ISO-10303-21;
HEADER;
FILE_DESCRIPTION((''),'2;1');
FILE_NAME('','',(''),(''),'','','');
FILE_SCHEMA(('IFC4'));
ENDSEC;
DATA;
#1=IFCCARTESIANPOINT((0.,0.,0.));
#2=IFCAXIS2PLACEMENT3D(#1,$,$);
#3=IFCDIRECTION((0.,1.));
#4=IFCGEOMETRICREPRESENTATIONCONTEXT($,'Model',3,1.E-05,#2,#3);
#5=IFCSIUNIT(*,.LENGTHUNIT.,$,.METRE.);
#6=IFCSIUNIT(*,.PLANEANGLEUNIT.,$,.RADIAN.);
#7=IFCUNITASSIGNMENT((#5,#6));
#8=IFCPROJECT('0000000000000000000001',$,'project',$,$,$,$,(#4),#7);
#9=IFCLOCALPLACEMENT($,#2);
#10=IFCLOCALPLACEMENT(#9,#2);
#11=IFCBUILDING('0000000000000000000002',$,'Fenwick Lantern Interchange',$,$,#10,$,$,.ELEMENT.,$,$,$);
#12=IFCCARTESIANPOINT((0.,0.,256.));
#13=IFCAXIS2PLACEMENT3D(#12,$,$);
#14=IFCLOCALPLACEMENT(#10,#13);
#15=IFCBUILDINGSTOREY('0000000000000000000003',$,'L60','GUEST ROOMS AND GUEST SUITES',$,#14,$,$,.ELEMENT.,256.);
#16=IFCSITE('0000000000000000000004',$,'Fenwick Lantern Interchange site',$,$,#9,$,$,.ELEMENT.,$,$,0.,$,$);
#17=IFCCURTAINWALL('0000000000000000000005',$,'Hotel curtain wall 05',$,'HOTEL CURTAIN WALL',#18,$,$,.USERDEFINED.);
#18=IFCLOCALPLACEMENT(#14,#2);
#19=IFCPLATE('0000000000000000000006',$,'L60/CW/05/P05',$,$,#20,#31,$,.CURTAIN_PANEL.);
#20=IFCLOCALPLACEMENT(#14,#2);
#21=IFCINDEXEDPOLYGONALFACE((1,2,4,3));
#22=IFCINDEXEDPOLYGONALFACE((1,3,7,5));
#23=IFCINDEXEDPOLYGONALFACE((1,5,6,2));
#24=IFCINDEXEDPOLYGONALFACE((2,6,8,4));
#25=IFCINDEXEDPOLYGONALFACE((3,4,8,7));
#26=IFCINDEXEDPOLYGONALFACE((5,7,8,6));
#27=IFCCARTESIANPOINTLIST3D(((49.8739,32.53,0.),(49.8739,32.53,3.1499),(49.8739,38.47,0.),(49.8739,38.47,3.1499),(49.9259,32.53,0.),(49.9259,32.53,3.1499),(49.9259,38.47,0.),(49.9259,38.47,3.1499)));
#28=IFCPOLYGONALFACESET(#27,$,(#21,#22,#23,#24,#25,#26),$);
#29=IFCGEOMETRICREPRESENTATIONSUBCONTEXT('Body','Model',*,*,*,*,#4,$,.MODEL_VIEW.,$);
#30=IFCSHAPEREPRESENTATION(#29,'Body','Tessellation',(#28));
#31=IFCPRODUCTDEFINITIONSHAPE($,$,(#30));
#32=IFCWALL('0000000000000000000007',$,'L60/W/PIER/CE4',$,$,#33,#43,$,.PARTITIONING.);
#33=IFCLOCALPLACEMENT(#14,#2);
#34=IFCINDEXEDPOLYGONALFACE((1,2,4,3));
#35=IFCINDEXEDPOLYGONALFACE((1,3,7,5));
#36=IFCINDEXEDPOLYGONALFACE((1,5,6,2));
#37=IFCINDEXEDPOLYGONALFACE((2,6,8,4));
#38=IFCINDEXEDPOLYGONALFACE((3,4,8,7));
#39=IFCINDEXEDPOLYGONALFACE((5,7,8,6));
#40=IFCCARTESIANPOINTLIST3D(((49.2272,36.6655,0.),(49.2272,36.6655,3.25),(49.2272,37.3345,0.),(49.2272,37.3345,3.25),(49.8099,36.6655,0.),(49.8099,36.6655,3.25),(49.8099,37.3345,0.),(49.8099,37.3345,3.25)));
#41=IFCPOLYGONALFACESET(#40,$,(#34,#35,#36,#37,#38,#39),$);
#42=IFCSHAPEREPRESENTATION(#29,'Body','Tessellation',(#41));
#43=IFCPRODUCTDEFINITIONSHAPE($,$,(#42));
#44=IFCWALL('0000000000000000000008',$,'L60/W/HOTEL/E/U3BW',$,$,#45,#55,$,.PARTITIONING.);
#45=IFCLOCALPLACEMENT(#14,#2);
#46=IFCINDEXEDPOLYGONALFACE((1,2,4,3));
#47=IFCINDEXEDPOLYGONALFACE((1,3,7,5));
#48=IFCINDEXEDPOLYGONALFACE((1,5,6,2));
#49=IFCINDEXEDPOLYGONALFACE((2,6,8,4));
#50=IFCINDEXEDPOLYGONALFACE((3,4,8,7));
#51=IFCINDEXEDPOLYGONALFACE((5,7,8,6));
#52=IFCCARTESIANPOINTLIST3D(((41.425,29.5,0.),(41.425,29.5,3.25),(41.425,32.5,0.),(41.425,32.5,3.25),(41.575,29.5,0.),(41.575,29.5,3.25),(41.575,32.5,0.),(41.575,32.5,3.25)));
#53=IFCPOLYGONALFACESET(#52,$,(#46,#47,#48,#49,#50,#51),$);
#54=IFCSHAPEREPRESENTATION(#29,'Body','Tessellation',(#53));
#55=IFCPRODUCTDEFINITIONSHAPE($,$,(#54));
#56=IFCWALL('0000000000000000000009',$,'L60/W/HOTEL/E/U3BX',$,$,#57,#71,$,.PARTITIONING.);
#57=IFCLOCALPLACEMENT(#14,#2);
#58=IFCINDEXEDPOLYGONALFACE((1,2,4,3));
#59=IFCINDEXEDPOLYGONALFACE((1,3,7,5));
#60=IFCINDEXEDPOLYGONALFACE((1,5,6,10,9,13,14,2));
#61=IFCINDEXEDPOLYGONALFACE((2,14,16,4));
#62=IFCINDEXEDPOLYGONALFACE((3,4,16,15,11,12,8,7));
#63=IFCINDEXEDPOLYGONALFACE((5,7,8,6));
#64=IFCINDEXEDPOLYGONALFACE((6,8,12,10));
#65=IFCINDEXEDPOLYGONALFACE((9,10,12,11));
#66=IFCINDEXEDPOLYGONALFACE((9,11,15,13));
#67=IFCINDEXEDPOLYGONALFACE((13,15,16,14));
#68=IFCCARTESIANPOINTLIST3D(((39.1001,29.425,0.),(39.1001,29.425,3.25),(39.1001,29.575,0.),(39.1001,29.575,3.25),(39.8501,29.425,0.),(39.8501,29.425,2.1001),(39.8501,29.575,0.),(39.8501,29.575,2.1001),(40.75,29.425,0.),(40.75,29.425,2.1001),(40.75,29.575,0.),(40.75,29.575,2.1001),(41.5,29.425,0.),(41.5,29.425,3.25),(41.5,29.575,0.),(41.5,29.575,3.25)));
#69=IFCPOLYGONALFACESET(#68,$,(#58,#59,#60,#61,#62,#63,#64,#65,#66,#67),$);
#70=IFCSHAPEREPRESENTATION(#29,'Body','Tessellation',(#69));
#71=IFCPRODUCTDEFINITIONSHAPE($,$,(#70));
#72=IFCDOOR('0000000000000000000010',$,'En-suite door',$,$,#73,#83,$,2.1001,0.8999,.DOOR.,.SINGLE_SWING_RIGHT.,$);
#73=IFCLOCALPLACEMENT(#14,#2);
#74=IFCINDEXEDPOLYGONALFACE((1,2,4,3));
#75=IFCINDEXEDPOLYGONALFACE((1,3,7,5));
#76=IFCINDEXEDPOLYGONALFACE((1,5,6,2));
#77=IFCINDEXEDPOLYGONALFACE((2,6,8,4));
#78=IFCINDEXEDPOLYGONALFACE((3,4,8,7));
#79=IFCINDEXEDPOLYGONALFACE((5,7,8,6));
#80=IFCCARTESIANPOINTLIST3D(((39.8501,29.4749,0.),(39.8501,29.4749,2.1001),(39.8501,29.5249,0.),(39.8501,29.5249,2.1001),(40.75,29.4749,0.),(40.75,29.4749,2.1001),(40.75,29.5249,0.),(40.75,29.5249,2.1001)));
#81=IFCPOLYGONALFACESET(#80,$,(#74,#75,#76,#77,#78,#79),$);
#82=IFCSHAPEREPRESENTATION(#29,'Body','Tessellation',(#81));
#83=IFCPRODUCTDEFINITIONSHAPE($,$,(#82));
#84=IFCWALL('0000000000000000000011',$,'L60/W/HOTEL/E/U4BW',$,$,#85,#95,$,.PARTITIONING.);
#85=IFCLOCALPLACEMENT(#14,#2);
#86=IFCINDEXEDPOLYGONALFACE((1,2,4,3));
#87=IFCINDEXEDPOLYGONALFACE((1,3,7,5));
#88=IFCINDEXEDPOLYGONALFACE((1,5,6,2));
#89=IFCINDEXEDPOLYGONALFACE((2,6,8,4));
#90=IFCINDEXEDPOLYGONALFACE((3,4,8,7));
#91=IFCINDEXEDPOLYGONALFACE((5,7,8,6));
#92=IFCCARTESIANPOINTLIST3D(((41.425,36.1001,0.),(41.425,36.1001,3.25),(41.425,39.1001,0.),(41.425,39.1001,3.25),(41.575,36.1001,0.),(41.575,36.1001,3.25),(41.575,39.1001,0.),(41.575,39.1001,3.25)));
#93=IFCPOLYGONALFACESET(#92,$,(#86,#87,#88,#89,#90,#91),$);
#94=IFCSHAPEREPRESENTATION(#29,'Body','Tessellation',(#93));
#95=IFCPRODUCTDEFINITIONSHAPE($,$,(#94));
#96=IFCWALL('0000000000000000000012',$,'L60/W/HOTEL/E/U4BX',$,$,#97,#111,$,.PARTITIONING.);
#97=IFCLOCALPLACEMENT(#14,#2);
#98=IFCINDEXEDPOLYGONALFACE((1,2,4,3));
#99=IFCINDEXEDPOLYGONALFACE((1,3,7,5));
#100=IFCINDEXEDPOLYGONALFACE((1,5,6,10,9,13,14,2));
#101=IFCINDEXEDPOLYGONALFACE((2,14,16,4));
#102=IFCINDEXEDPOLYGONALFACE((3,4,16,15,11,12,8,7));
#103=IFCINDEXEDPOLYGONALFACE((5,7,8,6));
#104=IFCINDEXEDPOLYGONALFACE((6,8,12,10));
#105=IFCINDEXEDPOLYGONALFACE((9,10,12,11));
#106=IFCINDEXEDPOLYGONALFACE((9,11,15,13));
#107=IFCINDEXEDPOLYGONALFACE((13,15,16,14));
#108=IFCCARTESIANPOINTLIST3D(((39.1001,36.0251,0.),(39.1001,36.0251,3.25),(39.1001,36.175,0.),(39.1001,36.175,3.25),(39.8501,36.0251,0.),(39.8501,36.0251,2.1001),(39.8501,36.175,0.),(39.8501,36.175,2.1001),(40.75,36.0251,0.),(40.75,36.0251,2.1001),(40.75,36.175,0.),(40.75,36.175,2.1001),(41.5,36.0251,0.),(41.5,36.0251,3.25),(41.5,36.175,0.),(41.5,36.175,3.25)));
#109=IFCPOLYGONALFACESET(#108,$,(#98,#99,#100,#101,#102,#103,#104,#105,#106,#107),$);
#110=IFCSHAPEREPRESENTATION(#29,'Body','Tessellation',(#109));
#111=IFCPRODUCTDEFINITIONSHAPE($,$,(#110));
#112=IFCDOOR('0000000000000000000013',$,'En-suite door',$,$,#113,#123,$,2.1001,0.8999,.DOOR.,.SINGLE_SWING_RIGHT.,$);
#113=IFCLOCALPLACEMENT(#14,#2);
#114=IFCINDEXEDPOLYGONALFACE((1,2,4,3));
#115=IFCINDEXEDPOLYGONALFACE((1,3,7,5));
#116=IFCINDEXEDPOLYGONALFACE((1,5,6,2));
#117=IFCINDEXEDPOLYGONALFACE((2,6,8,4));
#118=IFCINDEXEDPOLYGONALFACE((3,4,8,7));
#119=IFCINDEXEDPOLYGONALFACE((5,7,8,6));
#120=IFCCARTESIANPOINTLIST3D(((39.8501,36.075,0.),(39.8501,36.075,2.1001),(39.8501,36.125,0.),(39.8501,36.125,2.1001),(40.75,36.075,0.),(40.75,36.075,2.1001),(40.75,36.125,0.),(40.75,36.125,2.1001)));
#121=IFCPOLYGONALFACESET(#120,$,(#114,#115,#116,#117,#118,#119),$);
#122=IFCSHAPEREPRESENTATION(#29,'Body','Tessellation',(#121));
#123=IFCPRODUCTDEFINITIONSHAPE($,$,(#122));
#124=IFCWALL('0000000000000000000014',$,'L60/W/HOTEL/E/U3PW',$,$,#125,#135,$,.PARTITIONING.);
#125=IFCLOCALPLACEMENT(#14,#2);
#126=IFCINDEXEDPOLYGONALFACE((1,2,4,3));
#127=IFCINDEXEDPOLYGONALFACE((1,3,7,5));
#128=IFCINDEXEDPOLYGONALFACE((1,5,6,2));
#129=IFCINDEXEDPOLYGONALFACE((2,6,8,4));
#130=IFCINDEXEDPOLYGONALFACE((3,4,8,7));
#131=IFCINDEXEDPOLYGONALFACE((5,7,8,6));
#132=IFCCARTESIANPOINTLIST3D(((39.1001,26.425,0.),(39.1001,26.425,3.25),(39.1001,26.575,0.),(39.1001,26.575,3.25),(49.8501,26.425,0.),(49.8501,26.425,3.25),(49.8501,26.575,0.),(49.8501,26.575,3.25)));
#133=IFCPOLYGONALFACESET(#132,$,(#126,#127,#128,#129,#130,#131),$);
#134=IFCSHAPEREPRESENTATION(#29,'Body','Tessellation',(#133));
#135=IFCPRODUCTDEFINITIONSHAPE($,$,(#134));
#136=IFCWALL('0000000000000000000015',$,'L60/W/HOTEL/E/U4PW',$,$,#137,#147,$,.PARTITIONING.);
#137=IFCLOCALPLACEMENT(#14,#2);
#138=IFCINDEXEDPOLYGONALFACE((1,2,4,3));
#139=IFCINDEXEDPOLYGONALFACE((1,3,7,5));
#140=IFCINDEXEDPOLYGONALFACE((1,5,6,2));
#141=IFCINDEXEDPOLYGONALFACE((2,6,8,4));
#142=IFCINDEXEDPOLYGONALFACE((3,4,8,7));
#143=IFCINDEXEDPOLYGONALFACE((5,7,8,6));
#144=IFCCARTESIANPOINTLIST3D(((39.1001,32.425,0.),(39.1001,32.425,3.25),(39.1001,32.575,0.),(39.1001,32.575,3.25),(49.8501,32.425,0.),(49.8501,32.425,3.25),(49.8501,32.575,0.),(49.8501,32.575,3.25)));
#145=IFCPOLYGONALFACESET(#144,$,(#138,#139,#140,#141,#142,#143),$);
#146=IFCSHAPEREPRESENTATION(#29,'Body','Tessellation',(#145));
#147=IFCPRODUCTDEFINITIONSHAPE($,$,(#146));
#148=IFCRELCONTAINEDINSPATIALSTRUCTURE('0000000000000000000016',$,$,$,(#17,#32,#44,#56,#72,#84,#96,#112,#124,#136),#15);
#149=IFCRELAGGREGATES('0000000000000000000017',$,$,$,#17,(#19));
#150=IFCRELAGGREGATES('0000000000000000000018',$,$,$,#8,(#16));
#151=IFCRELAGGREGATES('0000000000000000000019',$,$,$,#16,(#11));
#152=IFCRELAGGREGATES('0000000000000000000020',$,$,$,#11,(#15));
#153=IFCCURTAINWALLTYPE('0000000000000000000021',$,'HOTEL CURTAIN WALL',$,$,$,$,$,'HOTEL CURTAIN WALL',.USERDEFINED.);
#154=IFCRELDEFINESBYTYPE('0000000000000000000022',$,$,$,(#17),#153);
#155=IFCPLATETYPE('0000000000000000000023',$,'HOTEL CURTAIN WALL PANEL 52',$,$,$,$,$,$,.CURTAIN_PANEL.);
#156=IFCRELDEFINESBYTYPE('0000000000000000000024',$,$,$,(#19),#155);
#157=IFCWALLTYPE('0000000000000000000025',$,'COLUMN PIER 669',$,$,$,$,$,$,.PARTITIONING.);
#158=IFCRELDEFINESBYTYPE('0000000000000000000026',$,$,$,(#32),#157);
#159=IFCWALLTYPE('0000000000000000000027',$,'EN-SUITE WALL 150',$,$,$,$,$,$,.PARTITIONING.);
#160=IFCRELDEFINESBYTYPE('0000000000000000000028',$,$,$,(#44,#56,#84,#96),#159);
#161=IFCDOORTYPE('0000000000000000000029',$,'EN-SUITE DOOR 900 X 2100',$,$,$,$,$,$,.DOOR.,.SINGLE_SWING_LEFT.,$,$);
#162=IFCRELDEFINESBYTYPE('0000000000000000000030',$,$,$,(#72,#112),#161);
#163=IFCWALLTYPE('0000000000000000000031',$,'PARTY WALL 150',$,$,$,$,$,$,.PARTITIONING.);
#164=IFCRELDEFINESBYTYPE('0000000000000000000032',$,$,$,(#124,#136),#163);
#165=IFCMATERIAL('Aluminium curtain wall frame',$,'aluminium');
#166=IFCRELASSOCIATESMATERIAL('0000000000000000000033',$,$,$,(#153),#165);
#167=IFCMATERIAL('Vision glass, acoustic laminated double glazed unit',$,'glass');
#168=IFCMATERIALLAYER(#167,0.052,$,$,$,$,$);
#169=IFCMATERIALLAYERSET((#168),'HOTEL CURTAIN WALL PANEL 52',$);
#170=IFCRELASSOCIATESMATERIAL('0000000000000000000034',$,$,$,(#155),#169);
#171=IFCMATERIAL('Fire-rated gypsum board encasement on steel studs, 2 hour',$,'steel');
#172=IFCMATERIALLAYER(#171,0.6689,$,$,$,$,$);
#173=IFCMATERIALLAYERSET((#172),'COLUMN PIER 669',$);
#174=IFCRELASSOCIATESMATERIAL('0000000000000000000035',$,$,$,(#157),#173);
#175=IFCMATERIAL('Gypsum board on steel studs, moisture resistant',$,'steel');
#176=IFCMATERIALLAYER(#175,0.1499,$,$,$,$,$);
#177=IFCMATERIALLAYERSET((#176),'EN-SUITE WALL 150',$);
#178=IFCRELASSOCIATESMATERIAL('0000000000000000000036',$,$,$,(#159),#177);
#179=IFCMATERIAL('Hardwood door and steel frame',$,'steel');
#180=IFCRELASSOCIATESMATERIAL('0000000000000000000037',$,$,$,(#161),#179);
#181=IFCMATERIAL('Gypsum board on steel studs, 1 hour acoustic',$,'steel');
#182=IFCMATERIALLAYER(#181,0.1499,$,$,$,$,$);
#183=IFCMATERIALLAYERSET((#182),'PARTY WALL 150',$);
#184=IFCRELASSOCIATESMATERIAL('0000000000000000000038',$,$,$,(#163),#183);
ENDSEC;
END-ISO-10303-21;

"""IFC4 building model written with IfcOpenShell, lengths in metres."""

from ifc_helpers import new_model, si_unit, direction, frame, frame_2d, origin, origin_2d, place, context, subcontext, project, spatial, rectangle, extrude, material, layer, layer_set, type_object, element, fill, aggregate, save


model = new_model("IFC4")

# Units and contexts
model_context = context("Model", 3, precision=1e-05, world=origin(), true_north=direction((0.0, 1.0)))
body_context = subcontext(model_context, "Body", "Model", "MODEL_VIEW")
ifc_project = project(units=[si_unit("LENGTHUNIT", "METRE"), si_unit("PLANEANGLEUNIT", "RADIAN")], contexts=[model_context])

# Site, building, storey
site_placement = place(None, origin())
site = spatial("IfcSite", under=ifc_project, at=site_placement, Name="Fenwick Lantern Interchange site", CompositionType="ELEMENT", RefElevation=0.0)
building_placement = place(site_placement, origin())
building = spatial("IfcBuilding", under=site, at=building_placement, Name="Fenwick Lantern Interchange", CompositionType="ELEMENT")
storey_placement = place(building_placement, frame((0.0, 0.0, 256.0)))
storey = spatial("IfcBuildingStorey", under=building, at=storey_placement, Name="L60", Description="GUEST ROOMS AND GUEST SUITES", CompositionType="ELEMENT", Elevation=256.0)

# Curtain wall
ifc_material_1 = material(Name="Aluminium curtain wall frame", Category="aluminium")
curtain_wall_type = type_object("IfcCurtainWallType", Name="HOTEL CURTAIN WALL", ElementType="HOTEL CURTAIN WALL", PredefinedType="USERDEFINED", material=ifc_material_1)
curtain_wall_placement = place(storey_placement, origin())
curtain_wall = element("IfcCurtainWall", 1, at=curtain_wall_placement, inside=storey, type_object=curtain_wall_type, Name="Hotel curtain wall 05", ObjectType="HOTEL CURTAIN WALL", PredefinedType="USERDEFINED")

# Plate
ifc_material_2 = material(Name="Vision glass, acoustic laminated double glazed unit", Category="glass")
ifc_layer_1 = layer(ifc_material_2, 0.052)
ifc_layer_set_1 = layer_set([ifc_layer_1], Name="HOTEL CURTAIN WALL PANEL 52")
plate_type = type_object("IfcPlateType", Name="HOTEL CURTAIN WALL PANEL 52", PredefinedType="CURTAIN_PANEL", material=ifc_layer_set_1)
plate_placement = place(storey_placement, frame((49.8999, 35.5, 0.0), z_axis=(0.0, 0.0, 1.0), x_axis=(0.0, 1.0, 0.0)))
plate = element("IfcPlate", 2, at=plate_placement, type_object=plate_type, Name="L60/CW/05/P05", PredefinedType="CURTAIN_PANEL", context=body_context, shape_type="SweptSolid", body=[
    extrude(rectangle(XDim=5.9399, YDim=0.052, at=origin_2d()), origin(), (0.0, 0.0, 1.0), 3.1499),
])
aggregate(curtain_wall, [plate])

# Walls
ifc_material_3 = material(Name="Fire-rated gypsum board encasement on steel studs, 2 hour", Category="steel")
ifc_layer_2 = layer(ifc_material_3, 0.6689)
ifc_layer_set_2 = layer_set([ifc_layer_2], Name="COLUMN PIER 669")
wall_type_1 = type_object("IfcWallType", Name="COLUMN PIER 669", PredefinedType="PARTITIONING", material=ifc_layer_set_2)
wall_1_placement = place(storey_placement, frame((49.8101, 37.0, 0.0), z_axis=(0.0, 0.0, 1.0), x_axis=(-1.0, 0.0, 0.0)))
element("IfcWall", 3, at=wall_1_placement, inside=storey, type_object=wall_type_1, Name="L60/W/PIER/CE4", PredefinedType="PARTITIONING", context=body_context, shape_type="SweptSolid", body=[
    extrude(rectangle(XDim=0.5828, YDim=0.6689, at=frame_2d((0.2915, 0.0))), origin(), (0.0, 0.0, 1.0), 3.25),
])
ifc_material_4 = material(Name="Gypsum board on steel studs, moisture resistant", Category="steel")
ifc_layer_3 = layer(ifc_material_4, 0.1499)
ifc_layer_set_3 = layer_set([ifc_layer_3], Name="EN-SUITE WALL 150")
wall_type_2 = type_object("IfcWallType", Name="EN-SUITE WALL 150", PredefinedType="PARTITIONING", material=ifc_layer_set_3)
wall_2_placement = place(storey_placement, frame((41.5, 29.5, 0.0), z_axis=(0.0, 0.0, 1.0), x_axis=(0.0, 1.0, 0.0)))
element("IfcWall", 4, at=wall_2_placement, inside=storey, type_object=wall_type_2, Name="L60/W/HOTEL/E/U3BW", PredefinedType="PARTITIONING", context=body_context, shape_type="SweptSolid", body=[
    extrude(rectangle(XDim=3.0, YDim=0.1499, at=frame_2d((1.5, 0.0))), origin(), (0.0, 0.0, 1.0), 3.25),
])

# Wall, opening, door
wall_3_placement = place(storey_placement, frame((41.5, 29.5, 0.0), z_axis=(0.0, 0.0, 1.0), x_axis=(-1.0, 0.0, 0.0)))
wall_3 = element("IfcWall", 5, at=wall_3_placement, inside=storey, type_object=wall_type_2, Name="L60/W/HOTEL/E/U3BX", PredefinedType="PARTITIONING", context=body_context, shape_type="SweptSolid", body=[
    extrude(rectangle(XDim=2.3999, YDim=0.1499, at=frame_2d((1.2, 0.0))), origin(), (0.0, 0.0, 1.0), 3.25),
])
opening_1_placement = place(wall_3_placement, frame((0.75, 0.0, 0.0)))
opening_1 = element("IfcOpeningElement", 6, at=opening_1_placement, cuts=wall_3, PredefinedType="OPENING", context=body_context, shape_type="SweptSolid", body=[
    extrude(rectangle(XDim=0.8999, YDim=2.1001, at=frame_2d((0.45, 1.05))), frame((0.0, 0.085, 0.0), z_axis=(0.0, -1.0, 0.0), x_axis=(1.0, 0.0, 0.0)), (0.0, 0.0, 1.0), 0.1699),
])
ifc_material_5 = material(Name="Hardwood door and steel frame", Category="steel")
door_type = type_object("IfcDoorType", Name="EN-SUITE DOOR 900 X 2100", OperationType="SINGLE_SWING_LEFT", PredefinedType="DOOR", material=ifc_material_5)
door_1_placement = place(opening_1_placement, frame((0.8999, 0.0, 0.0), z_axis=(0.0, 0.0, 1.0), x_axis=(-1.0, 0.0, 0.0)))
door_1 = element("IfcDoor", 7, at=door_1_placement, inside=storey, type_object=door_type, Name="En-suite door", OperationType="SINGLE_SWING_RIGHT", OverallHeight=2.1001, OverallWidth=0.8999, PredefinedType="DOOR", context=body_context, shape_type="SweptSolid", body=[
    extrude(rectangle(XDim=0.8999, YDim=2.1001, at=frame_2d((0.45, 1.05))), frame((0.0, 0.0249, 0.0), z_axis=(0.0, -1.0, 0.0), x_axis=(1.0, 0.0, 0.0)), (0.0, 0.0, 1.0), 0.05),
])
fill(opening_1, door_1)

# Wall
wall_4_placement = place(storey_placement, frame((41.5, 36.1001, 0.0), z_axis=(0.0, 0.0, 1.0), x_axis=(0.0, 1.0, 0.0)))
element("IfcWall", 8, at=wall_4_placement, inside=storey, type_object=wall_type_2, Name="L60/W/HOTEL/E/U4BW", PredefinedType="PARTITIONING", context=body_context, shape_type="SweptSolid", body=[
    extrude(rectangle(XDim=3.0, YDim=0.1499, at=frame_2d((1.5, 0.0))), origin(), (0.0, 0.0, 1.0), 3.25),
])

# Wall, opening, door
wall_5_placement = place(storey_placement, frame((41.5, 36.1001, 0.0), z_axis=(0.0, 0.0, 1.0), x_axis=(-1.0, 0.0, 0.0)))
wall_5 = element("IfcWall", 9, at=wall_5_placement, inside=storey, type_object=wall_type_2, Name="L60/W/HOTEL/E/U4BX", PredefinedType="PARTITIONING", context=body_context, shape_type="SweptSolid", body=[
    extrude(rectangle(XDim=2.3999, YDim=0.1499, at=frame_2d((1.2, 0.0))), origin(), (0.0, 0.0, 1.0), 3.25),
])
opening_2_placement = place(wall_5_placement, frame((0.75, 0.0, 0.0)))
opening_2 = element("IfcOpeningElement", 10, at=opening_2_placement, cuts=wall_5, PredefinedType="OPENING", context=body_context, shape_type="SweptSolid", body=[
    extrude(rectangle(XDim=0.8999, YDim=2.1001, at=frame_2d((0.45, 1.05))), frame((0.0, 0.085, 0.0), z_axis=(0.0, -1.0, 0.0), x_axis=(1.0, 0.0, 0.0)), (0.0, 0.0, 1.0), 0.1699),
])
door_2_placement = place(opening_2_placement, frame((0.8999, 0.0, 0.0), z_axis=(0.0, 0.0, 1.0), x_axis=(-1.0, 0.0, 0.0)))
door_2 = element("IfcDoor", 11, at=door_2_placement, inside=storey, type_object=door_type, Name="En-suite door", OperationType="SINGLE_SWING_RIGHT", OverallHeight=2.1001, OverallWidth=0.8999, PredefinedType="DOOR", context=body_context, shape_type="SweptSolid", body=[
    extrude(rectangle(XDim=0.8999, YDim=2.1001, at=frame_2d((0.45, 1.05))), frame((0.0, 0.0249, 0.0), z_axis=(0.0, -1.0, 0.0), x_axis=(1.0, 0.0, 0.0)), (0.0, 0.0, 1.0), 0.05),
])
fill(opening_2, door_2)

# Walls
ifc_material_6 = material(Name="Gypsum board on steel studs, 1 hour acoustic", Category="steel")
ifc_layer_4 = layer(ifc_material_6, 0.1499)
ifc_layer_set_4 = layer_set([ifc_layer_4], Name="PARTY WALL 150")
wall_type_3 = type_object("IfcWallType", Name="PARTY WALL 150", PredefinedType="PARTITIONING", material=ifc_layer_set_4)
for number, where, z_axis, x_axis, name in (
    (12, (49.8501, 26.5, 0.0), (0.0, 0.0, 1.0), (-1.0, 0.0, 0.0), "L60/W/HOTEL/E/U3PW"),
    (13, (49.8501, 32.5, 0.0), (0.0, 0.0, 1.0), (-1.0, 0.0, 0.0), "L60/W/HOTEL/E/U4PW"),
):
    element("IfcWall", number, at=place(storey_placement, frame(where, z_axis=z_axis, x_axis=x_axis)), inside=storey, type_object=wall_type_3, Name=name, PredefinedType="PARTITIONING", context=body_context, shape_type="SweptSolid", body=[
        extrude(rectangle(XDim=10.75, YDim=0.1499, at=frame_2d((5.375, 0.0))), origin(), (0.0, 0.0, 1.0), 3.25),
    ])

save(model, "model.ifc")
